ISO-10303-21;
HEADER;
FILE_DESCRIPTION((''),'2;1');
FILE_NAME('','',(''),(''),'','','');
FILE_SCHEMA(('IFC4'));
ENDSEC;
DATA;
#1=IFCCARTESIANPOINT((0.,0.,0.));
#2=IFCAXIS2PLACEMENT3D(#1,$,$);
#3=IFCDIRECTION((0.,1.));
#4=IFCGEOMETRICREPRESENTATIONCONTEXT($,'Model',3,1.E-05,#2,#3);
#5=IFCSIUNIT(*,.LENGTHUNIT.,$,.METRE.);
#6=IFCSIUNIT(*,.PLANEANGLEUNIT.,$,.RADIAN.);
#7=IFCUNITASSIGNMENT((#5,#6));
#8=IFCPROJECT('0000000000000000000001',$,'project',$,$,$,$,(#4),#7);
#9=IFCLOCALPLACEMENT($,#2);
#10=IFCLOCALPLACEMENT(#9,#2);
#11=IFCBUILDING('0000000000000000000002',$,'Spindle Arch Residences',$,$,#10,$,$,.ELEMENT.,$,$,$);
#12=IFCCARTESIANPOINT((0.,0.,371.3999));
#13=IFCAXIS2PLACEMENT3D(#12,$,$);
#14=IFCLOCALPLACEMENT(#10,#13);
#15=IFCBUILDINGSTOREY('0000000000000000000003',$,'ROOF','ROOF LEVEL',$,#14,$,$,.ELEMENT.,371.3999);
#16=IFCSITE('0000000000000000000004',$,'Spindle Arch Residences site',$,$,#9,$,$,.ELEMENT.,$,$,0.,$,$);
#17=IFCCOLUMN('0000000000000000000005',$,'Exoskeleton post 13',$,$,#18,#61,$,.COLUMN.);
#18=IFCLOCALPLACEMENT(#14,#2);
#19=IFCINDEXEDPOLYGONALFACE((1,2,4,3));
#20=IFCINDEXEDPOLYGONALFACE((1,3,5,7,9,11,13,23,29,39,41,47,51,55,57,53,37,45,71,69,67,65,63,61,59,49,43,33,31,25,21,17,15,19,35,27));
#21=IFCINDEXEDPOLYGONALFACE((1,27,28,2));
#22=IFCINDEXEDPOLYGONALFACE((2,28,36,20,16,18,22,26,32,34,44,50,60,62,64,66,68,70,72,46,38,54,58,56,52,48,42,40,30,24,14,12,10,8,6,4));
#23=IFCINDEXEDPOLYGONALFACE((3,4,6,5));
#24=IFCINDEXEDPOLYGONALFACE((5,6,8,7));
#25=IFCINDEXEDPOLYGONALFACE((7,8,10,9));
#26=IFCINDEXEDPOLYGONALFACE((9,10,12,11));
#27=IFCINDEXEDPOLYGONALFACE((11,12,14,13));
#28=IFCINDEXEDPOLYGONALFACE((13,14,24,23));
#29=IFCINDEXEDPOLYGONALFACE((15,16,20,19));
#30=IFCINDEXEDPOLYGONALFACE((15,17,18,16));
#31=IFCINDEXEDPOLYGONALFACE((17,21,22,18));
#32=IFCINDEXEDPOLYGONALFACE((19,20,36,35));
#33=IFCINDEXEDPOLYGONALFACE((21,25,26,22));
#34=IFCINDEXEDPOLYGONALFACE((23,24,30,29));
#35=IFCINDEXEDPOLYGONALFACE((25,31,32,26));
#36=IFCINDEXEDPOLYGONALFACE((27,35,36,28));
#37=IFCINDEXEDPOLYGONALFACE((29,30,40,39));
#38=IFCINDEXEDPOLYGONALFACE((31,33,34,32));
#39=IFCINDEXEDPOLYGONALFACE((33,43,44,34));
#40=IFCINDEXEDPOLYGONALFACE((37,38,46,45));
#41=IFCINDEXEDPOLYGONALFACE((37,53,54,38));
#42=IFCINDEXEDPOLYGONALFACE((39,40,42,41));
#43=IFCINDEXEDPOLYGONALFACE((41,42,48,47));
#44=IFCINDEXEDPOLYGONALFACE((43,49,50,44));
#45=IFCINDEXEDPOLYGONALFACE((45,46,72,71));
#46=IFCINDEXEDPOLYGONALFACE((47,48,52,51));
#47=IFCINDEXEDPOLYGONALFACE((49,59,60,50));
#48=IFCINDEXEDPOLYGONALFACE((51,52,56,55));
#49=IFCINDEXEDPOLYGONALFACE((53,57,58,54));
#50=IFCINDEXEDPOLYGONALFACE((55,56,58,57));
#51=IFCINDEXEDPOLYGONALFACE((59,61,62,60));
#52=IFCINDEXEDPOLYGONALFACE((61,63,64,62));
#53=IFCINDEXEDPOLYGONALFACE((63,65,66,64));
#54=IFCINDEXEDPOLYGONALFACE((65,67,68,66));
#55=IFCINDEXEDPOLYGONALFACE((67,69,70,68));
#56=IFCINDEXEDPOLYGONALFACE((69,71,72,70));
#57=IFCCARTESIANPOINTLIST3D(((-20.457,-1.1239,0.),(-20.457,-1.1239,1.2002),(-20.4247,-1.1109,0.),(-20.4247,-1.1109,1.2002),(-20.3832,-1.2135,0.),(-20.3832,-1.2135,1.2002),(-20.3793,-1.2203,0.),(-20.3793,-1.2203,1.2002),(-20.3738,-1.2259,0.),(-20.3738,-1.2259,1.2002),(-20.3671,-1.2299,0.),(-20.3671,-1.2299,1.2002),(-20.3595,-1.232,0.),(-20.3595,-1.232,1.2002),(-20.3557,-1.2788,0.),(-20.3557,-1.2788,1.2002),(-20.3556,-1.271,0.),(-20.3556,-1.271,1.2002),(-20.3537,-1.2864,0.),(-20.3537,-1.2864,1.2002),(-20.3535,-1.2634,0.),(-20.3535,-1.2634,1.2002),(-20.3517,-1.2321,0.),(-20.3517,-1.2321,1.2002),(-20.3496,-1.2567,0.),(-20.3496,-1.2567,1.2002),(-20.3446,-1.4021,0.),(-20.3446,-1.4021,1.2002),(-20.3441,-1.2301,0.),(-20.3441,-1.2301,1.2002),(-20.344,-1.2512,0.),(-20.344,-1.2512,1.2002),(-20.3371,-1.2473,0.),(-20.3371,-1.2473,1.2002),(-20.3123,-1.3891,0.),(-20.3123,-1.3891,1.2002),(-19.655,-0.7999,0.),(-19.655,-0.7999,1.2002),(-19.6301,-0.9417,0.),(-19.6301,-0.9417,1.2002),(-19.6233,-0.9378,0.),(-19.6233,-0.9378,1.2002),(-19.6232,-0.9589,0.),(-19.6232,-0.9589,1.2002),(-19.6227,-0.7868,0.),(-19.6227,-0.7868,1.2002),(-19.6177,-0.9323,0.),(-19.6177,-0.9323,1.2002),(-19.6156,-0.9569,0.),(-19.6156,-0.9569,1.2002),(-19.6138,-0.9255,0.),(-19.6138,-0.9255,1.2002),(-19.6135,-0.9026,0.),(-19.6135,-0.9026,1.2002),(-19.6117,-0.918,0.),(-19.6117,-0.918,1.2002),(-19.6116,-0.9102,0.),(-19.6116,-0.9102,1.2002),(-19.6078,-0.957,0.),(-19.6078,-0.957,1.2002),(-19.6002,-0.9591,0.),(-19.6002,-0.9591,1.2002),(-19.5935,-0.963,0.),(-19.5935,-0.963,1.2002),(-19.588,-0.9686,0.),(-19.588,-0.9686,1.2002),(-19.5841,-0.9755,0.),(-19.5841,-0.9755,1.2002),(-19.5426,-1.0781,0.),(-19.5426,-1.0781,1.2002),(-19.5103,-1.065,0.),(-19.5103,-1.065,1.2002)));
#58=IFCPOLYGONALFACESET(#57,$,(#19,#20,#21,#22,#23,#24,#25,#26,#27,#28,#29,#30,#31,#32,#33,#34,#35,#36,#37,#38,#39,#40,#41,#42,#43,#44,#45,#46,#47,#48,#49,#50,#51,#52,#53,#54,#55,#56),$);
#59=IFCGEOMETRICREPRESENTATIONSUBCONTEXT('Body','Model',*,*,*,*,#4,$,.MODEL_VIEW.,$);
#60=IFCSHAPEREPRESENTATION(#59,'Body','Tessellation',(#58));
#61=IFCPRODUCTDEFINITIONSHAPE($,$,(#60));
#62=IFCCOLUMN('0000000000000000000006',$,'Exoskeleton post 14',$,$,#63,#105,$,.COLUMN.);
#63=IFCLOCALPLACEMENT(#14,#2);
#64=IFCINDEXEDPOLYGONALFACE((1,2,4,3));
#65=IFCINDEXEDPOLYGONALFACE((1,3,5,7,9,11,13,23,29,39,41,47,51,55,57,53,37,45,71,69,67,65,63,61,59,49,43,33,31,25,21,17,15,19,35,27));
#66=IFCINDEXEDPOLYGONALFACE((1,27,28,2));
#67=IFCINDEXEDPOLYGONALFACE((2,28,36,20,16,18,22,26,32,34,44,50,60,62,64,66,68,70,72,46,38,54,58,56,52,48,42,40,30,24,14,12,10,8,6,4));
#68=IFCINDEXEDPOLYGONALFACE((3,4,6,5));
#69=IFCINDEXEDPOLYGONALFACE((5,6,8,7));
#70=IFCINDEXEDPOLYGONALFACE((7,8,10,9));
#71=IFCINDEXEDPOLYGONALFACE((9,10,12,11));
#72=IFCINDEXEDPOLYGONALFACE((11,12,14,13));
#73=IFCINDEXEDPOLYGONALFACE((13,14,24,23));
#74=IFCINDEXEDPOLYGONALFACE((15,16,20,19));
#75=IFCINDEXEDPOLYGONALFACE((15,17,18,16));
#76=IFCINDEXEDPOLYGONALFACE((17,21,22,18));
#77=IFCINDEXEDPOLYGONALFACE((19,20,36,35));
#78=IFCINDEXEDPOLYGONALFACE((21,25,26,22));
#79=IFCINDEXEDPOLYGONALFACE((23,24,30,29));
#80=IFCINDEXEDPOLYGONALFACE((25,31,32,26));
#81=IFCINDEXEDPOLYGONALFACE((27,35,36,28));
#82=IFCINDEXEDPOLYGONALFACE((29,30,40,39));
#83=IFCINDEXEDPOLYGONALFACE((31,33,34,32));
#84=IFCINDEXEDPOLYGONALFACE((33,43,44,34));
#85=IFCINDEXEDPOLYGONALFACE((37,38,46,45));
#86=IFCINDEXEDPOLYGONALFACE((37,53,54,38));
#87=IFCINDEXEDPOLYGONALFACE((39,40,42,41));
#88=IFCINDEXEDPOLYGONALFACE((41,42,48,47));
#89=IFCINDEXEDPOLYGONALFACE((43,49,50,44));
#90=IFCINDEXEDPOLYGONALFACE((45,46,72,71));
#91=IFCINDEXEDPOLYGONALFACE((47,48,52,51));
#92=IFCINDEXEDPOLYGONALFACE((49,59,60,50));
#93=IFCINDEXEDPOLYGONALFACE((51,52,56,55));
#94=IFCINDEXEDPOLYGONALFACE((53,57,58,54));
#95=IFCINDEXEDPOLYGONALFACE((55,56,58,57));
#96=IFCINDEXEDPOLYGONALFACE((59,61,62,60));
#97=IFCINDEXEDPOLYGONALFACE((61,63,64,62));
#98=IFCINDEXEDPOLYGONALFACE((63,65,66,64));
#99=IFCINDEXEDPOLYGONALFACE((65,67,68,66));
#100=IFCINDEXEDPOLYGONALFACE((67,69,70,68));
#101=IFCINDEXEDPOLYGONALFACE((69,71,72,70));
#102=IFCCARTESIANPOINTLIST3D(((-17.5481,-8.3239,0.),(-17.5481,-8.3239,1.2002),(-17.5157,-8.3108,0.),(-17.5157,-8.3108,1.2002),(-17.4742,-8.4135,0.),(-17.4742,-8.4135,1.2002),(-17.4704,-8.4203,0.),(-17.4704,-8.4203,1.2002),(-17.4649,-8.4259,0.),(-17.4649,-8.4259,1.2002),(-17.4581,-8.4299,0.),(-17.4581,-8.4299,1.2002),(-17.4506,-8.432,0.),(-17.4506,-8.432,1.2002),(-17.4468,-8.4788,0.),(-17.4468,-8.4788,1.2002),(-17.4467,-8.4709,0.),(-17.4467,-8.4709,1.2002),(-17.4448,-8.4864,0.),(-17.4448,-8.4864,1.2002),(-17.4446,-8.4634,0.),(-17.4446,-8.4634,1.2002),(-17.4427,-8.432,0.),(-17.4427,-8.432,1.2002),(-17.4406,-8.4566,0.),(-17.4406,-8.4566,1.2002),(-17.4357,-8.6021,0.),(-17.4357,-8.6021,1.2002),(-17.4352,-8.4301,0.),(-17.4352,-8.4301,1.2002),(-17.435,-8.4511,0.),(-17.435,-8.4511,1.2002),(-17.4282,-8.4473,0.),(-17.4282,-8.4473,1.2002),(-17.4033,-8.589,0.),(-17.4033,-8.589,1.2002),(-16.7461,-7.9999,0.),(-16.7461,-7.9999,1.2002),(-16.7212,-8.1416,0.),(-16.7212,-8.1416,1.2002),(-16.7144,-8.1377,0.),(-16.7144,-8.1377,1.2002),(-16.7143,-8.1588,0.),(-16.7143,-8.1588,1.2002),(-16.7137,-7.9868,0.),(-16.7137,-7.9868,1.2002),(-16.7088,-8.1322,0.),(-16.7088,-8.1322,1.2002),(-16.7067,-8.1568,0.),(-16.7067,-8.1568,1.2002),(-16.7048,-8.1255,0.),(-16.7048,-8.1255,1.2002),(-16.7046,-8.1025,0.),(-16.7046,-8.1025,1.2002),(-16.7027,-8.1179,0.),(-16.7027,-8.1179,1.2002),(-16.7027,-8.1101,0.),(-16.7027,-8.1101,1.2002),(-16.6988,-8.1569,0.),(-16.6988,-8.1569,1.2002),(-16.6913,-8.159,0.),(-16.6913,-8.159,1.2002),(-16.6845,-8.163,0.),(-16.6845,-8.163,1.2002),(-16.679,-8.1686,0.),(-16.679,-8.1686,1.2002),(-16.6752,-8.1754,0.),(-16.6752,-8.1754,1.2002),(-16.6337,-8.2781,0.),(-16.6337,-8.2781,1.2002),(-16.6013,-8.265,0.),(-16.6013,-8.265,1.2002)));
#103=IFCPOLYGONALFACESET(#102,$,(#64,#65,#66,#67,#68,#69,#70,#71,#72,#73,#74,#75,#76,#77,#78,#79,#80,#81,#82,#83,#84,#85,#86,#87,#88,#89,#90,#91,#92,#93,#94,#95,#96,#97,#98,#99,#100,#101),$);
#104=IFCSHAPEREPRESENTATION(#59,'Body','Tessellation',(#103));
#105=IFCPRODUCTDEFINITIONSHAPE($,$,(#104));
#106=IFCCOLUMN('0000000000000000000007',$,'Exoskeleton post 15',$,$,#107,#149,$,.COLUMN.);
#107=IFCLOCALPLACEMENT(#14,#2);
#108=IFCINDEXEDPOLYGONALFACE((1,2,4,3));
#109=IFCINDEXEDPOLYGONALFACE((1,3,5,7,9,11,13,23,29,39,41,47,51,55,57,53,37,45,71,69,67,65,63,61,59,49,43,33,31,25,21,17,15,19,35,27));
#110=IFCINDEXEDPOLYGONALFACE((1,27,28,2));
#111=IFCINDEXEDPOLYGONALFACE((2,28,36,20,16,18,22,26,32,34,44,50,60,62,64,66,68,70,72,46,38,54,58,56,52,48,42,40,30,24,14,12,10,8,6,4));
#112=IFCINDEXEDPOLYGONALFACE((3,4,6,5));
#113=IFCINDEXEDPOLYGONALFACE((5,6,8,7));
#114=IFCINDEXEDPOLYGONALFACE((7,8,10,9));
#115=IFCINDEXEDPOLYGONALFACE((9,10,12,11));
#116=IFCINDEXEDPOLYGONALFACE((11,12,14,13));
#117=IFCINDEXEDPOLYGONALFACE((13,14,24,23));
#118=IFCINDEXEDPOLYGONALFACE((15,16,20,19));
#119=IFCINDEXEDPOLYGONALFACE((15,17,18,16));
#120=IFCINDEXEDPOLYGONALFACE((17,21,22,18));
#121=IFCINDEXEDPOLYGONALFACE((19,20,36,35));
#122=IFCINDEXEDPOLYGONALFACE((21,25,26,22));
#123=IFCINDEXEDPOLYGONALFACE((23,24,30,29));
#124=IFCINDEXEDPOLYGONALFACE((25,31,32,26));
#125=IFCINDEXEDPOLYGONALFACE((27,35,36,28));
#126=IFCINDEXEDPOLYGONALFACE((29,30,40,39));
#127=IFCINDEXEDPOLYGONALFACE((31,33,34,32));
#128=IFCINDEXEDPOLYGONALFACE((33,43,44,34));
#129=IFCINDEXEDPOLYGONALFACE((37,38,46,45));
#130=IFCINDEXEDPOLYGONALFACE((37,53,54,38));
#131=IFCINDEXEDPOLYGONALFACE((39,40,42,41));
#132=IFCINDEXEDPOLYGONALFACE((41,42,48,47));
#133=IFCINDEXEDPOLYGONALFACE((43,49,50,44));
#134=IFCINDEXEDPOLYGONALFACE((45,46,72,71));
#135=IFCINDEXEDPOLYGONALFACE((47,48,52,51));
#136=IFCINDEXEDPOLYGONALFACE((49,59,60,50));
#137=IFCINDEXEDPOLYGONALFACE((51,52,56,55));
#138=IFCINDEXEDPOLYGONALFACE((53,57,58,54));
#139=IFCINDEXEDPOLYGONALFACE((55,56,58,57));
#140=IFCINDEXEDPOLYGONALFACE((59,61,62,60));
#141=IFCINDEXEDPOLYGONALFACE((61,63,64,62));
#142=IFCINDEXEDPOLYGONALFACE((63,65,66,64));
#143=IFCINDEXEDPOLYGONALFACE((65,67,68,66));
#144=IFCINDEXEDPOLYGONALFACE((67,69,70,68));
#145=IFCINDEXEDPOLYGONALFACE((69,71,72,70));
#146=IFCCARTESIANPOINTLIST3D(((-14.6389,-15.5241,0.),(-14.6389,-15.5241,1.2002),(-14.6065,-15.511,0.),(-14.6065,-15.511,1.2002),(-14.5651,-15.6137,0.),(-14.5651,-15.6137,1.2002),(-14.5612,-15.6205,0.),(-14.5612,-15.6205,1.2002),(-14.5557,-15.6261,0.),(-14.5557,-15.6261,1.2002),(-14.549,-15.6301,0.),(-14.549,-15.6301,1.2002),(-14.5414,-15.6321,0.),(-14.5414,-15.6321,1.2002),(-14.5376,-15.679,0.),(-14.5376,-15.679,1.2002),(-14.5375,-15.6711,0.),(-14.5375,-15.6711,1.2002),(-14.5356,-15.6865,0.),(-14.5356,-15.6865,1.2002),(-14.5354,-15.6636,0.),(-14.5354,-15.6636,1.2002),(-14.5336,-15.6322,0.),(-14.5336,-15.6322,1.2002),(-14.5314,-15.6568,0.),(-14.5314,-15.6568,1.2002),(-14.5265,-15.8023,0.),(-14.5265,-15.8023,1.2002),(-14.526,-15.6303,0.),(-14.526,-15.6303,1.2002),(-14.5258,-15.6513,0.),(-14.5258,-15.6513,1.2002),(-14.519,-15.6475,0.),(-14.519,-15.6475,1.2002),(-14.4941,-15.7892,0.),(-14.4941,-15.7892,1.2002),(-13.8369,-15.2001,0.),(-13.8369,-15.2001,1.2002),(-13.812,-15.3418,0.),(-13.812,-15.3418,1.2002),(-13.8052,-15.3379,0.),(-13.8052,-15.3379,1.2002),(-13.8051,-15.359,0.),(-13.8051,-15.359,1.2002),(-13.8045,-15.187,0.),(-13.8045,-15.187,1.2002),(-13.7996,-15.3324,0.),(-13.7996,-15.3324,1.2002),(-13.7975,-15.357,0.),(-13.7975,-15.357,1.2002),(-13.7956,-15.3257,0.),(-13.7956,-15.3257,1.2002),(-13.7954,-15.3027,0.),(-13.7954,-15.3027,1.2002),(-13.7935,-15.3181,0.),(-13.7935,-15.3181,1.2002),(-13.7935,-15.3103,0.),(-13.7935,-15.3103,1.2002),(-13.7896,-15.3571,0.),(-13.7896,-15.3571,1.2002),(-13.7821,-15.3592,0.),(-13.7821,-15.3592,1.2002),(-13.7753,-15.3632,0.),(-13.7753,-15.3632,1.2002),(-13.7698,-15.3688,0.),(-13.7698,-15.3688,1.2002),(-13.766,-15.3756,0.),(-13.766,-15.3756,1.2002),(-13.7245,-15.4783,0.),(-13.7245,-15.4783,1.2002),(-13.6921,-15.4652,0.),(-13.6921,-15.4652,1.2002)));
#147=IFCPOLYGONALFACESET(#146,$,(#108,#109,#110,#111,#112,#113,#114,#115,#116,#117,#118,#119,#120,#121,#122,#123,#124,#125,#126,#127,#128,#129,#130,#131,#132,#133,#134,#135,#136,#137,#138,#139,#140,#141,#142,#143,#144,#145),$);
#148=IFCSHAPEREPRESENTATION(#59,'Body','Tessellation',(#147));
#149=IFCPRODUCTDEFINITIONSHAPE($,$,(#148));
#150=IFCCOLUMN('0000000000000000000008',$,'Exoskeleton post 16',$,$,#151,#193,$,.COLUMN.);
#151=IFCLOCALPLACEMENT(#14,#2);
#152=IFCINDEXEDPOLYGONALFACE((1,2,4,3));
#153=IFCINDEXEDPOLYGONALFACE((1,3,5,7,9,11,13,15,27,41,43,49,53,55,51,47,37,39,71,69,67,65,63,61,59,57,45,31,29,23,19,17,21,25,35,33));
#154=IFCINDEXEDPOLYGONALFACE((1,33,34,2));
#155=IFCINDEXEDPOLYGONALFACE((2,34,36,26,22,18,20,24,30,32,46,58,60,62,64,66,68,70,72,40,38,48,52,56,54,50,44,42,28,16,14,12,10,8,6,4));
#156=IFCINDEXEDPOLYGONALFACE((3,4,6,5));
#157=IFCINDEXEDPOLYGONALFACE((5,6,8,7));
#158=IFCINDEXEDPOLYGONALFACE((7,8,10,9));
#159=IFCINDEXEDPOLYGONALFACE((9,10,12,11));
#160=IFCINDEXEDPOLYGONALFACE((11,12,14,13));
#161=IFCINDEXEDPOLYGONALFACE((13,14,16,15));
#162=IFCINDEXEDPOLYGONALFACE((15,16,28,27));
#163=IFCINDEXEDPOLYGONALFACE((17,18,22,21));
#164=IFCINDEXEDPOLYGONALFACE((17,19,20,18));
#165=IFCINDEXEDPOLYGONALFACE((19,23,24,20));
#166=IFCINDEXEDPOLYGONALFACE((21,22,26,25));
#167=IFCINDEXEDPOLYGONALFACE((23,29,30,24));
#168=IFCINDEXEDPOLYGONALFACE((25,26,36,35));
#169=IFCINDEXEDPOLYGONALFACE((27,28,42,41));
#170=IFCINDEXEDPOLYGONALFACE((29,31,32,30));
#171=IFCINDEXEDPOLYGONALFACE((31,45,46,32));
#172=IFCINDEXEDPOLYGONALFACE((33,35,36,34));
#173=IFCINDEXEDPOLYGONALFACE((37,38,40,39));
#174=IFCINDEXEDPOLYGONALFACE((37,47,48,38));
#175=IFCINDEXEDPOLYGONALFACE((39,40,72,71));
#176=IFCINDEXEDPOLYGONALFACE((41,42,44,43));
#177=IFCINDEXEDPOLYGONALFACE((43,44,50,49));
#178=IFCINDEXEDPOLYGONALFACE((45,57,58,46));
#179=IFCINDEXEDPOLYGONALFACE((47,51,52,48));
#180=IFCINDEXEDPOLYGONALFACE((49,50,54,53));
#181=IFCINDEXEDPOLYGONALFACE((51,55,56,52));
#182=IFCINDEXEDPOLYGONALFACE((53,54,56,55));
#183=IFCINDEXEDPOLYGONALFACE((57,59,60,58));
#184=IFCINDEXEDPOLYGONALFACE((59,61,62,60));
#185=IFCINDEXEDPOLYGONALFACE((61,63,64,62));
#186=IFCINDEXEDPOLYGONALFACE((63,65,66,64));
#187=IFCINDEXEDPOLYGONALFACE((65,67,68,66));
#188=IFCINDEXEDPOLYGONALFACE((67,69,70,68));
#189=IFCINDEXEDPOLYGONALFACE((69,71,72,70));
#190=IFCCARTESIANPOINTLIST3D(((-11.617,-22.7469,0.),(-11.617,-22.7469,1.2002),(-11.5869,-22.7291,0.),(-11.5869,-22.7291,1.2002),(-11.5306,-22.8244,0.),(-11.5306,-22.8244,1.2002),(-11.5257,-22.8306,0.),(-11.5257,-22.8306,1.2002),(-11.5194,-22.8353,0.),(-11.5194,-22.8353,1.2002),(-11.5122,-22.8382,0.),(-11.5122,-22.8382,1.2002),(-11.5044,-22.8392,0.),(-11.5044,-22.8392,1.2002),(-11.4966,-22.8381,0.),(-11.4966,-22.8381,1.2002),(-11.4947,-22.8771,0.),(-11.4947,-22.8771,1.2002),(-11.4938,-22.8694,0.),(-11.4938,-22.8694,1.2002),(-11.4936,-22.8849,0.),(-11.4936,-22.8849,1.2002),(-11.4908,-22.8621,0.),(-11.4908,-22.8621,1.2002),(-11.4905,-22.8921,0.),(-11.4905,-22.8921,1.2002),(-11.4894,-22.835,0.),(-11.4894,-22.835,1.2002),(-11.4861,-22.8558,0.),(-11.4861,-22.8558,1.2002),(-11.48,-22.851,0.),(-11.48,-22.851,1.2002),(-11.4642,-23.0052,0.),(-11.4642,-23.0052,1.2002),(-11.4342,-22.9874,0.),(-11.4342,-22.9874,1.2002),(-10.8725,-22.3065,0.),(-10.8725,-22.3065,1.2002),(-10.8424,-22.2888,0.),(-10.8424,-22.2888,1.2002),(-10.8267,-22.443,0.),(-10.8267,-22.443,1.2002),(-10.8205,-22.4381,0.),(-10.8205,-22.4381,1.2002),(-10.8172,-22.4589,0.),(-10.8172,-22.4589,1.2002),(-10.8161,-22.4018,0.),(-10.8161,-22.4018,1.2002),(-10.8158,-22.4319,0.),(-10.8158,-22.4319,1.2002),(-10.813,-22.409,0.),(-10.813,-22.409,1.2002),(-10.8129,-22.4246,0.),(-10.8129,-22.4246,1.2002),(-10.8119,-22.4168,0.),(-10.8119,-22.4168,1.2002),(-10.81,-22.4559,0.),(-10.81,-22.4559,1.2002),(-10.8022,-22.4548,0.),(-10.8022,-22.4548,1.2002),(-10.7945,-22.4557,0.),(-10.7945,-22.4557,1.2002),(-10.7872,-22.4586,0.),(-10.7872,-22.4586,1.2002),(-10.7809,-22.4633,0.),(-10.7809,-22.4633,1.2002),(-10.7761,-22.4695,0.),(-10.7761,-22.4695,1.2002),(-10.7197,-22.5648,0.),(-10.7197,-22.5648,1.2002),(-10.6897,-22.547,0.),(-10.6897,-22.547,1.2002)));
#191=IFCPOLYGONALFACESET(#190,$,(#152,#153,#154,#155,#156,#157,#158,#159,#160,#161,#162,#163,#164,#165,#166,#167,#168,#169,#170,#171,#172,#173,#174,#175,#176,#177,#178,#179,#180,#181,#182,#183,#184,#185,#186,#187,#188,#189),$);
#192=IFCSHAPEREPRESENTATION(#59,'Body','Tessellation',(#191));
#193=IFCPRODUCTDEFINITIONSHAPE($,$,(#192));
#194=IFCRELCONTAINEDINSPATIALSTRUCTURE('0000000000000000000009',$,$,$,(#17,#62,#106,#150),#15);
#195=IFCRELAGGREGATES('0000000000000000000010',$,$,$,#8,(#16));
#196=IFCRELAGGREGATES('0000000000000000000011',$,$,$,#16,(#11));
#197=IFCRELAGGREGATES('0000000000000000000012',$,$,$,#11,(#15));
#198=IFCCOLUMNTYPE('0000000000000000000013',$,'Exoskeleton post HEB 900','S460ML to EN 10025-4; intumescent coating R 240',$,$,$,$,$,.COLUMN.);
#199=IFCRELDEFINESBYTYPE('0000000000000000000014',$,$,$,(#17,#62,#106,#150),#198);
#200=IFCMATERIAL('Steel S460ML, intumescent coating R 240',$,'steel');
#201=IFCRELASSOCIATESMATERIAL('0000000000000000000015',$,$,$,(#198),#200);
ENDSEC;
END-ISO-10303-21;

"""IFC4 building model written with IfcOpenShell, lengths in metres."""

from ifc_helpers import new_model, si_unit, direction, frame, origin, origin_2d, place, context, subcontext, project, spatial, i_section, extrude, material, material_profile, profile_set, type_object, element, save


model = new_model("IFC4")

# Units and contexts
model_context = context("Model", 3, precision=1e-05, world=origin(), true_north=direction((0.0, 1.0)))
body_context = subcontext(model_context, "Body", "Model", "MODEL_VIEW")
ifc_project = project(units=[si_unit("LENGTHUNIT", "METRE"), si_unit("PLANEANGLEUNIT", "RADIAN")], contexts=[model_context])

# Site, building, storey
site_placement = place(None, origin())
site = spatial("IfcSite", under=ifc_project, at=site_placement, Name="Spindle Arch Residences site", CompositionType="ELEMENT", RefElevation=0.0)
building_placement = place(site_placement, origin())
building = spatial("IfcBuilding", under=site, at=building_placement, Name="Spindle Arch Residences", CompositionType="ELEMENT")
storey_placement = place(building_placement, frame((0.0, 0.0, 371.3999)))
storey = spatial("IfcBuildingStorey", under=building, at=storey_placement, Name="ROOF", Description="ROOF LEVEL", CompositionType="ELEMENT", Elevation=371.3999)

# Columns
ifc_material_1 = material(Name="Steel S460ML, intumescent coating R 240", Category="steel")
ifc_material_profile = material_profile(ifc_material_1, i_section(OverallWidth=0.3, OverallDepth=0.8999, WebThickness=0.0186, FlangeThickness=0.0349, FilletRadius=0.03, at=origin_2d()), Name="HEB 900")
ifc_profile_set = profile_set([ifc_material_profile], Name="Steel S460ML, intumescent coating R 240")
column_type = type_object("IfcColumnType", Name="Exoskeleton post HEB 900", Description="S460ML to EN 10025-4; intumescent coating R 240", PredefinedType="COLUMN", material=ifc_profile_set)
for number, where, z_axis, x_axis, name in (
    (1, (-19.9836, -1.0945, 0.0), (0.0, 0.0, 1.0), (-0.374607, 0.927184, 0.0), "Exoskeleton post 13"),
    (2, (-17.0747, -8.2944, 0.0), (0.0, 0.0, 1.0), (-0.374607, 0.927184, 0.0), "Exoskeleton post 14"),
    (3, (-14.1655, -15.4946, 0.0), (0.0, 0.0, 1.0), (-0.374607, 0.927184, 0.0), "Exoskeleton post 15"),
    (4, (-11.1533, -22.647, 0.0), (0.0, 0.0, 1.0), (-0.509114, 0.860699, 0.0), "Exoskeleton post 16"),
):
    element("IfcColumn", number, at=place(storey_placement, frame(where, z_axis=z_axis, x_axis=x_axis)), inside=storey, type_object=column_type, Name=name, PredefinedType="COLUMN", context=body_context, shape_type="SweptSolid", body=[
        extrude(i_section(OverallWidth=0.3, OverallDepth=0.8999, WebThickness=0.0186, FlangeThickness=0.0349, FilletRadius=0.03, at=origin_2d()), origin(), (0.0, 0.0, 1.0), 1.2002),
    ])

save(model, "model.ifc")
